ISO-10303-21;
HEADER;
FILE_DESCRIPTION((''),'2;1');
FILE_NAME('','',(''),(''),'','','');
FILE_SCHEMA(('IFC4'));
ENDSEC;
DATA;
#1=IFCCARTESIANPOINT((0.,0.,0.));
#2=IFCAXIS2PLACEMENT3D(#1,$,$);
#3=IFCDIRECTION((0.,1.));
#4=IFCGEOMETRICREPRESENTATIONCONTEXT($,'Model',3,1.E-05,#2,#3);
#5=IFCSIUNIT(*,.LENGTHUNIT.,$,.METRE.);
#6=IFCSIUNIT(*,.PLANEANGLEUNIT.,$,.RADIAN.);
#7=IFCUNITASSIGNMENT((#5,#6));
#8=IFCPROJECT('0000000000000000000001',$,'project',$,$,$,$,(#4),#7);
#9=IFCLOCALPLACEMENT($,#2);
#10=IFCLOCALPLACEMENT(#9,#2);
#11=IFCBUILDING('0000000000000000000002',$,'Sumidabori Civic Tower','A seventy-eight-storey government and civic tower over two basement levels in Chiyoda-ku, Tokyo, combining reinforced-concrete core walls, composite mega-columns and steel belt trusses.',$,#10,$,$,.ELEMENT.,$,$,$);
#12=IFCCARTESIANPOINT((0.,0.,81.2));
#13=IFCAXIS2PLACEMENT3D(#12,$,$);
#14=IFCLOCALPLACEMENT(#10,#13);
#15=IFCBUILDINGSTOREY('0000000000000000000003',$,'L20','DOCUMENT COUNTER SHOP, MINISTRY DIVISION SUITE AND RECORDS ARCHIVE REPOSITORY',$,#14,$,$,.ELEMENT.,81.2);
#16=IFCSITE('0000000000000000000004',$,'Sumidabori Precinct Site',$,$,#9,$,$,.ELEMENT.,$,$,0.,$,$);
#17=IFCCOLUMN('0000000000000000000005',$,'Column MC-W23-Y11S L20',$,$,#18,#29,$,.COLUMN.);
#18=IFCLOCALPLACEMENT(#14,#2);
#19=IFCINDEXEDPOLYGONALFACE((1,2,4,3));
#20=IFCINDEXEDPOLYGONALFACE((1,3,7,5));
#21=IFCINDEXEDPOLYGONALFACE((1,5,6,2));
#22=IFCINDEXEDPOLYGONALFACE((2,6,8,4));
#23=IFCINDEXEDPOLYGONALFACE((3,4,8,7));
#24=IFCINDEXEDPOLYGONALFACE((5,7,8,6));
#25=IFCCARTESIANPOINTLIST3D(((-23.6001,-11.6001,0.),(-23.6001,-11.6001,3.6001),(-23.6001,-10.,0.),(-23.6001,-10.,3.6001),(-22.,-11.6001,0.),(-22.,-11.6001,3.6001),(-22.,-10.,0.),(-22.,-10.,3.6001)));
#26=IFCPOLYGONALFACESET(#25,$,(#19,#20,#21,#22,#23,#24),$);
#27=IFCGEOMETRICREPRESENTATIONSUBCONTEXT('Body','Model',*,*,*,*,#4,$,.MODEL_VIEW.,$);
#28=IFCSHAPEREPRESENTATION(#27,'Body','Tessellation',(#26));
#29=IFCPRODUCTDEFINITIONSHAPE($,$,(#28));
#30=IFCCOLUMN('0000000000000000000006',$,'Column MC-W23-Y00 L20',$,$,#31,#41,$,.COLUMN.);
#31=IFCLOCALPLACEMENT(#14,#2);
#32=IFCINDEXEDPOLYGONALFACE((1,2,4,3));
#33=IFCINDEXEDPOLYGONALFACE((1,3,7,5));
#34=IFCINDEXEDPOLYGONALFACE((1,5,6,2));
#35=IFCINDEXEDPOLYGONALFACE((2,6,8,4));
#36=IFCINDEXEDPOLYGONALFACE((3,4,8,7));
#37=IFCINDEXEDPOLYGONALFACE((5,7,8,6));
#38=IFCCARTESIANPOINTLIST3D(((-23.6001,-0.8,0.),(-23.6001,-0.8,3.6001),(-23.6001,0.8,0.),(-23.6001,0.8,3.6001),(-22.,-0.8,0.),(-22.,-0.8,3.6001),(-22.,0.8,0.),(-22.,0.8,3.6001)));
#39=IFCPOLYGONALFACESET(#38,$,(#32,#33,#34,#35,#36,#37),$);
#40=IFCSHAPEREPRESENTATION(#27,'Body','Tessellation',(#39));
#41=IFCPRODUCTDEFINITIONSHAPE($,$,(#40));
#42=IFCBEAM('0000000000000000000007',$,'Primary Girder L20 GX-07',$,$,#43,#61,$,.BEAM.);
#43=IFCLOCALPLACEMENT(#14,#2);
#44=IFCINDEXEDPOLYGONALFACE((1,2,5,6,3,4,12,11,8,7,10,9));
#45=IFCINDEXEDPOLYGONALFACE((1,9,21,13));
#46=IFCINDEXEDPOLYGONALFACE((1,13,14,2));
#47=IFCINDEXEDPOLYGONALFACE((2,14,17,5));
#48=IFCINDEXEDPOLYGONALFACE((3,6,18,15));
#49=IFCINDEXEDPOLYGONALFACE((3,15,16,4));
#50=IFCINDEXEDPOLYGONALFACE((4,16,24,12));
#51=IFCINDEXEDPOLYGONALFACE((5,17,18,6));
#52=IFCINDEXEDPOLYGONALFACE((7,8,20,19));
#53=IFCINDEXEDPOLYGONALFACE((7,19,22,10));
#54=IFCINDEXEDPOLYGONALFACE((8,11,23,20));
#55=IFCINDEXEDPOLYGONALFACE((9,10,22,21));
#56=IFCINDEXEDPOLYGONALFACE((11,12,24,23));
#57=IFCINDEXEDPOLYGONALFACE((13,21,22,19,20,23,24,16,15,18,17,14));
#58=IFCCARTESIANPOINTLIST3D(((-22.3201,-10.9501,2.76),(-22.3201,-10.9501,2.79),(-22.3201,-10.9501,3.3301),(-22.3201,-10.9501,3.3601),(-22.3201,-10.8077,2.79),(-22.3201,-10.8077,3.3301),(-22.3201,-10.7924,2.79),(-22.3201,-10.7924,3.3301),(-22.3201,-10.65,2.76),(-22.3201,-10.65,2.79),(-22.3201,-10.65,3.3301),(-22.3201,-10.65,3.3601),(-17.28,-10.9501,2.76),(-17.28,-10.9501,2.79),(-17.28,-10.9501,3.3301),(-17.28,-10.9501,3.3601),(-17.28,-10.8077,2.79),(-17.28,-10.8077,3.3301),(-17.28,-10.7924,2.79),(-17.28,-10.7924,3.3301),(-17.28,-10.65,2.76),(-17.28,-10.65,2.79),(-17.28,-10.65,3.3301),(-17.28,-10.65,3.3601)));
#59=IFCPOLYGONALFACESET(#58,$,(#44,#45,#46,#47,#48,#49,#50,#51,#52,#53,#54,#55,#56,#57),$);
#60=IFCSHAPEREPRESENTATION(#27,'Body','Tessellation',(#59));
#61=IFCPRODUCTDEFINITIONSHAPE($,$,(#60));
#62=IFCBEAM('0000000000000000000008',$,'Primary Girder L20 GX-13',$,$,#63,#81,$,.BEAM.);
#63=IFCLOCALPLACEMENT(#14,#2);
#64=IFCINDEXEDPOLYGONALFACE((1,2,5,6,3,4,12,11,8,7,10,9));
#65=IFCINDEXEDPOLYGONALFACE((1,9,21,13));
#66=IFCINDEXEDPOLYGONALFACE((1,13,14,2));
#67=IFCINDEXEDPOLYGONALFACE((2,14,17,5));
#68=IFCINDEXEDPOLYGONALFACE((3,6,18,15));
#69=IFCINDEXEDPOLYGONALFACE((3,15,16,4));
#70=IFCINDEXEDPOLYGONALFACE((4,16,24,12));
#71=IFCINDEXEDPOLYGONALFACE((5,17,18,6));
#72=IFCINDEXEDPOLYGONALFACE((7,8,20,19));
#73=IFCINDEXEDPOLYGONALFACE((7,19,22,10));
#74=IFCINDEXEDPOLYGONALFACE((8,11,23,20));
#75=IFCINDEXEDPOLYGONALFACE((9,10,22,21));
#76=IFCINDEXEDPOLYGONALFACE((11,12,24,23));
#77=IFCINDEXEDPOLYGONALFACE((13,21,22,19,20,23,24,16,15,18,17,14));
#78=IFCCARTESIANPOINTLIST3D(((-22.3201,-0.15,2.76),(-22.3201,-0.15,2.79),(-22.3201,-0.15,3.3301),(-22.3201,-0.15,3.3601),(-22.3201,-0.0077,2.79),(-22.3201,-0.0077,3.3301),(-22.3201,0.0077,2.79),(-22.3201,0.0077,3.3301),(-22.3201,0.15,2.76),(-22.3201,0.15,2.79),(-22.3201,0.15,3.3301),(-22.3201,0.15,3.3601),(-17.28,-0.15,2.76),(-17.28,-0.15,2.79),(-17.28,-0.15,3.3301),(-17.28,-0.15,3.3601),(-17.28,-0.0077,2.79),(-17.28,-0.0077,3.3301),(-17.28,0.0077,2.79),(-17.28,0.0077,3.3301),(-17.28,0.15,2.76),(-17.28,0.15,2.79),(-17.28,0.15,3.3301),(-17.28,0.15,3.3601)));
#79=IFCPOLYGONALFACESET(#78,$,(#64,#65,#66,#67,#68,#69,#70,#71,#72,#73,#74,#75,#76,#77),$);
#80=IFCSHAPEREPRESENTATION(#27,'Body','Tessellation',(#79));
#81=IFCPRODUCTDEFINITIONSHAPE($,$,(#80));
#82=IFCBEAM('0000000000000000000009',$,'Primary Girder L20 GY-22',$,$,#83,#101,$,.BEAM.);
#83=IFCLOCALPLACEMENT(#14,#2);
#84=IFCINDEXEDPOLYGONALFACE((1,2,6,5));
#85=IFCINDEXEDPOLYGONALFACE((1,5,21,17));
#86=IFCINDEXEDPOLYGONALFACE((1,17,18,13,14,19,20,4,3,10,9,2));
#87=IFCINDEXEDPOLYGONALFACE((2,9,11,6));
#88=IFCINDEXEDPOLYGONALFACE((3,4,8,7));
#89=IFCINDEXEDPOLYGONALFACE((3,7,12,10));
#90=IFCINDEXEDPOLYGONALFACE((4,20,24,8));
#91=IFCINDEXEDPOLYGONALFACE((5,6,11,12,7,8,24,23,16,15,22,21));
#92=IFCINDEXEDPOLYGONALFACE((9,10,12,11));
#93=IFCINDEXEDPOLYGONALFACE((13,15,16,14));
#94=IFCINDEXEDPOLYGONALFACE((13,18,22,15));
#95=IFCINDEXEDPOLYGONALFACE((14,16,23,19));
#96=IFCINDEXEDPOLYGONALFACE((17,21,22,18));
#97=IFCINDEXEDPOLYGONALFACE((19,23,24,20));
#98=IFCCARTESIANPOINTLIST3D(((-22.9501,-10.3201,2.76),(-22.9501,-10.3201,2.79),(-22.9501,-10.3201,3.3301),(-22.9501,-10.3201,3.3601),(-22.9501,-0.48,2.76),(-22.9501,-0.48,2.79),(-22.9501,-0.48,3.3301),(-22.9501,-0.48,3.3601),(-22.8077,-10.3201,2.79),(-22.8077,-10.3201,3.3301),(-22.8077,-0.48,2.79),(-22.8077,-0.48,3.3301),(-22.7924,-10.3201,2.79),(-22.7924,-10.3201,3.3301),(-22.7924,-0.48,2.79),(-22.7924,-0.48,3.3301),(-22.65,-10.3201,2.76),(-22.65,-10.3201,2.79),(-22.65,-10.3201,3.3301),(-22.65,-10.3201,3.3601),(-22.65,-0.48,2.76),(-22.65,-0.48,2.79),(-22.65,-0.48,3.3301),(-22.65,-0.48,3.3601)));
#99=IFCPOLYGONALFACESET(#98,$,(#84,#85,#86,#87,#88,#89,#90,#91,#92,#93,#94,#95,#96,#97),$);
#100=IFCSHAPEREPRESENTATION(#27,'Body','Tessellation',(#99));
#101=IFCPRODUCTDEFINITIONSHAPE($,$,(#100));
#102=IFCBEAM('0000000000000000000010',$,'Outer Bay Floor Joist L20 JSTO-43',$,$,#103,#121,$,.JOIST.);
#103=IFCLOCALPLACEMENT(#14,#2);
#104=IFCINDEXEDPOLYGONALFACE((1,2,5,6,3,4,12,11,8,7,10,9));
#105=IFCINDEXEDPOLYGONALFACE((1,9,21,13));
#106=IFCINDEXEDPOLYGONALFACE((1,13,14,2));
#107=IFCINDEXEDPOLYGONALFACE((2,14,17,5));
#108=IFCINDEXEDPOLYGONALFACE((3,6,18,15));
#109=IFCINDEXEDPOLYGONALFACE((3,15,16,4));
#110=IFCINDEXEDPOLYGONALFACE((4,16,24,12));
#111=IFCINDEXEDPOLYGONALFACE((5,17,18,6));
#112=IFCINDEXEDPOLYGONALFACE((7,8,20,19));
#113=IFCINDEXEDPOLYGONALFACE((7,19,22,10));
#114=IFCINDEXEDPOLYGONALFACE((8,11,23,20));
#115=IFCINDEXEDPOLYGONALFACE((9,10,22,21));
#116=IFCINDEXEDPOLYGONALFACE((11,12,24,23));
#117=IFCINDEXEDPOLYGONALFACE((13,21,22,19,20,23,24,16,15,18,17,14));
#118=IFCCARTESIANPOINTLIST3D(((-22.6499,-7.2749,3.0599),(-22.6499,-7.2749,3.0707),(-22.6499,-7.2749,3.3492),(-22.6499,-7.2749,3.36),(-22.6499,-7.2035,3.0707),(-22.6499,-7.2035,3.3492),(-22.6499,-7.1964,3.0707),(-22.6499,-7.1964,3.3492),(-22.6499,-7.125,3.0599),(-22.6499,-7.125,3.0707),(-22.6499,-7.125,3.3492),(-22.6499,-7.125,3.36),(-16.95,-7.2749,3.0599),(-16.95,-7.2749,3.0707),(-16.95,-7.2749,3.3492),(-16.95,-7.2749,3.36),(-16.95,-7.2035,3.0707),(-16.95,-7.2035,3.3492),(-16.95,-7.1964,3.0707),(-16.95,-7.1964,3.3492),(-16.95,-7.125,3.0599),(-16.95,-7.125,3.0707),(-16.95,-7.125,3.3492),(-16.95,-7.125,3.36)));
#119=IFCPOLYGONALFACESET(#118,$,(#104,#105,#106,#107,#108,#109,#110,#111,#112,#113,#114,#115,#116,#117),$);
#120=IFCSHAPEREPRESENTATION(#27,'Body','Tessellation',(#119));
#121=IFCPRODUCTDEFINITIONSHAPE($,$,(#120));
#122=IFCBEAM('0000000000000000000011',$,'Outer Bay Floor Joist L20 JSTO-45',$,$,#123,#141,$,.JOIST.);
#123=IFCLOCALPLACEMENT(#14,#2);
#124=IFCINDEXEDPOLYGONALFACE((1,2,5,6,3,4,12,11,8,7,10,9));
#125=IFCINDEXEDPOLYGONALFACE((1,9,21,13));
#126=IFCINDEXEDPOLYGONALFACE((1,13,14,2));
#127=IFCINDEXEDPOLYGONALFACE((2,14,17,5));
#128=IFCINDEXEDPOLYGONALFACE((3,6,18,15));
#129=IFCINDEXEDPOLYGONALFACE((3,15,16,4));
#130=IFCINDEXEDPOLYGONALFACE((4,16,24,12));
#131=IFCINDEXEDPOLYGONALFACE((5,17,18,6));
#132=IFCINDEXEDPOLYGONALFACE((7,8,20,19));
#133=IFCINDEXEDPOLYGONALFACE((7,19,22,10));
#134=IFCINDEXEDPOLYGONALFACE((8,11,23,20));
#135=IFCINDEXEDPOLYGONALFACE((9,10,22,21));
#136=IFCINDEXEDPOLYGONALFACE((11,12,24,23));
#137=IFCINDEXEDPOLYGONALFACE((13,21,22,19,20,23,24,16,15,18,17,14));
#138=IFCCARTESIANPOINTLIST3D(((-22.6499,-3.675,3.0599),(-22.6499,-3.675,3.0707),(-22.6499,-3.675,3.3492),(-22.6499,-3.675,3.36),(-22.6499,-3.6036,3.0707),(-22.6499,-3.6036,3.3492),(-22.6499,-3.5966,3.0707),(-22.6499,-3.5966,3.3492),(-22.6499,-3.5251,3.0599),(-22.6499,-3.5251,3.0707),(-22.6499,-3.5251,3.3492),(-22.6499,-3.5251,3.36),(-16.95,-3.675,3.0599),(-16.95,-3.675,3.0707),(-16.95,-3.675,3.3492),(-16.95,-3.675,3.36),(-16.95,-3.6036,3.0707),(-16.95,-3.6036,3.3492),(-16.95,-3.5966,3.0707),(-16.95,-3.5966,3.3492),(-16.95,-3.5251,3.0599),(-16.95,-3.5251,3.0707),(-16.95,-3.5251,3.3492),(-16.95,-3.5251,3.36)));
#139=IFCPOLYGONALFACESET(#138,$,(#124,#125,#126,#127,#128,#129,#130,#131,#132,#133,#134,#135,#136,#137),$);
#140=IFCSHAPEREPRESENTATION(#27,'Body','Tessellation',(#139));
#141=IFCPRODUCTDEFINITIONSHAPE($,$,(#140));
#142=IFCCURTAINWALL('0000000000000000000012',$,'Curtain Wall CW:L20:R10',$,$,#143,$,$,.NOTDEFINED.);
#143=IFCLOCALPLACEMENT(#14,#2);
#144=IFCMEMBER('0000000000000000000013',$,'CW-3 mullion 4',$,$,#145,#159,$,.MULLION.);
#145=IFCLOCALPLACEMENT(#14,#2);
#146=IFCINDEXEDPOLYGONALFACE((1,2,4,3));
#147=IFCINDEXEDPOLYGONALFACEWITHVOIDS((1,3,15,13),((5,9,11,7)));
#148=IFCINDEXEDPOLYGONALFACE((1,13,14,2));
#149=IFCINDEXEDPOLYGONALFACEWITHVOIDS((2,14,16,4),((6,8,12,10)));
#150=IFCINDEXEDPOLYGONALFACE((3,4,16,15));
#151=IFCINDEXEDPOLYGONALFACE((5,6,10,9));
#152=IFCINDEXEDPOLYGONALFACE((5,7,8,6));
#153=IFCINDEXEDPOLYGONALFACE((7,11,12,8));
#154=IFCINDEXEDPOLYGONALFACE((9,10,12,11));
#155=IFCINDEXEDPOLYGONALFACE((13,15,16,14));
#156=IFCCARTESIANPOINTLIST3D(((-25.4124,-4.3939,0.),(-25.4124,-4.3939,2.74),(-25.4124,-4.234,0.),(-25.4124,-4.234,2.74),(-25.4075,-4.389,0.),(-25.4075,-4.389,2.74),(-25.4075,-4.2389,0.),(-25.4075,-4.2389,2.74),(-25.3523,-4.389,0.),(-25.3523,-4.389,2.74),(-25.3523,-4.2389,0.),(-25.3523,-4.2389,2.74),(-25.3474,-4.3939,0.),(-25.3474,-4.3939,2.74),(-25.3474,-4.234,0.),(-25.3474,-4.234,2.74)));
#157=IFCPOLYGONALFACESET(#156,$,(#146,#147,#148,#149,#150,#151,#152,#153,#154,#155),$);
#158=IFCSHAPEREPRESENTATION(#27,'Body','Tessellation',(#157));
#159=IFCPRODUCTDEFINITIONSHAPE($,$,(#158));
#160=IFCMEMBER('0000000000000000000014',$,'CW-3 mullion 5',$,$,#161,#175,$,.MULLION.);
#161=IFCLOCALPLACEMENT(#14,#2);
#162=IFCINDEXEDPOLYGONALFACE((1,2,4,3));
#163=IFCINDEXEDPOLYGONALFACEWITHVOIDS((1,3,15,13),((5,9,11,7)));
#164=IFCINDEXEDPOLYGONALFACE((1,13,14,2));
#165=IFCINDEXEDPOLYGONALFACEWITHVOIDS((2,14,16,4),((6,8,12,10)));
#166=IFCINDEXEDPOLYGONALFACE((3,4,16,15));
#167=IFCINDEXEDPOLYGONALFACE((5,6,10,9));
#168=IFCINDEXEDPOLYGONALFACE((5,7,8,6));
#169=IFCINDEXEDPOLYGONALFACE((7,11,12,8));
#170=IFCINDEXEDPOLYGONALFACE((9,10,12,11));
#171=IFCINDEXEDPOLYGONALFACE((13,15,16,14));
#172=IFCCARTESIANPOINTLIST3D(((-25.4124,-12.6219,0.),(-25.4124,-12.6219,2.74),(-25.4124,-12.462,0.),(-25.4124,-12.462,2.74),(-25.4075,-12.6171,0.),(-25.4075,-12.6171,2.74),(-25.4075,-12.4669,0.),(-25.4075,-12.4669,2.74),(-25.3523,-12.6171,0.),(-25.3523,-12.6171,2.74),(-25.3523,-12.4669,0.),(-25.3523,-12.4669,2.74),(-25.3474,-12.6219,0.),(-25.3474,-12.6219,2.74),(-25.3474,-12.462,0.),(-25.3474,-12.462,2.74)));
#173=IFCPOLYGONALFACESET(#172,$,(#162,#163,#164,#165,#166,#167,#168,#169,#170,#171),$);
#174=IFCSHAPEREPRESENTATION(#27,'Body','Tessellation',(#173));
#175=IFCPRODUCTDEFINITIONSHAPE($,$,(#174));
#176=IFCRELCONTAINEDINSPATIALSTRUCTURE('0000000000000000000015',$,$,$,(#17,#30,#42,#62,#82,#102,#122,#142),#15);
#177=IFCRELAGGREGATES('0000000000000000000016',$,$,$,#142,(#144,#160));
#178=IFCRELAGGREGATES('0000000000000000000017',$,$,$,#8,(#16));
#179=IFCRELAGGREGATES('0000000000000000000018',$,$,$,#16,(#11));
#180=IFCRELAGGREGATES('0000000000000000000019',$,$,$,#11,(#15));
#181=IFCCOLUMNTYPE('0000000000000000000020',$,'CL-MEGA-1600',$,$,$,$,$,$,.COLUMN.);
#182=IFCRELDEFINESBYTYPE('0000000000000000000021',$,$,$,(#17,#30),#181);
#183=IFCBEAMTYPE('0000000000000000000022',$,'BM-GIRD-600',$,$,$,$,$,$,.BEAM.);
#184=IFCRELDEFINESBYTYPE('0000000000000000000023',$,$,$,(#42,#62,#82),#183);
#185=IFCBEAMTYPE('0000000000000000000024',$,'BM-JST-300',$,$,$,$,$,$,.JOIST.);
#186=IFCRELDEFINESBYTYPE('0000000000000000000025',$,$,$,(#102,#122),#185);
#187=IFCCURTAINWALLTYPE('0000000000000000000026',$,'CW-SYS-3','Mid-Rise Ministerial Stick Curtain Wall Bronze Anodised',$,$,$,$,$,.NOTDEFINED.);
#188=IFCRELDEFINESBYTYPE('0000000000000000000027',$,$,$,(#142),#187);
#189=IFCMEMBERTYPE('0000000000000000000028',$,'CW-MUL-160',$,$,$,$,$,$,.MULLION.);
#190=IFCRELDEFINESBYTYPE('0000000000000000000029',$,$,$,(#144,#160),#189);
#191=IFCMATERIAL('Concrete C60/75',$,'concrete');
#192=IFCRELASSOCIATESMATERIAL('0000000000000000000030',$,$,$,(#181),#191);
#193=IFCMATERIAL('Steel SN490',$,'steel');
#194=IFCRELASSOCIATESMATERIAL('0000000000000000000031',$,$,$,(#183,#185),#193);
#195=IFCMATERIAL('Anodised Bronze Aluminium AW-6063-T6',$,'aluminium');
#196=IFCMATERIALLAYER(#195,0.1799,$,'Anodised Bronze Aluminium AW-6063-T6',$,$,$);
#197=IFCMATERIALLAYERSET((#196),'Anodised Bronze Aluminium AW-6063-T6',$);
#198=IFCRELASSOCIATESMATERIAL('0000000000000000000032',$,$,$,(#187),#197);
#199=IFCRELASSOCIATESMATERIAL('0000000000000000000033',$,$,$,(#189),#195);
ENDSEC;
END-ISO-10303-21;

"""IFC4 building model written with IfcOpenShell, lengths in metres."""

from ifc_helpers import new_model, si_unit, direction, frame, origin, origin_2d, place, context, subcontext, project, spatial, rectangle, hollow_rectangle, i_section, extrude, source, transform, mapped, material, layer, layer_set, material_profile, profile_set, type_object, element, aggregate, save


model = new_model("IFC4")

# Units and contexts
model_context = context("Model", 3, precision=1e-05, world=origin(), true_north=direction((0.0, 1.0)))
body_context = subcontext(model_context, "Body", "Model", "MODEL_VIEW")
ifc_project = project(units=[si_unit("LENGTHUNIT", "METRE"), si_unit("PLANEANGLEUNIT", "RADIAN")], contexts=[model_context])

# Site, building, storey
site_placement = place(None, origin())
site = spatial("IfcSite", under=ifc_project, at=site_placement, Name="Sumidabori Precinct Site", CompositionType="ELEMENT", RefElevation=0.0)
building_placement = place(site_placement, origin())
building = spatial("IfcBuilding", under=site, at=building_placement, Name="Sumidabori Civic Tower", Description="A seventy-eight-storey government and civic tower over two basement levels in Chiyoda-ku, Tokyo, combining reinforced-concrete core walls, composite mega-columns and steel belt trusses.", CompositionType="ELEMENT")
storey_placement = place(building_placement, frame((0.0, 0.0, 81.2)))
storey = spatial("IfcBuildingStorey", under=building, at=storey_placement, Name="L20", Description="DOCUMENT COUNTER SHOP, MINISTRY DIVISION SUITE AND RECORDS ARCHIVE REPOSITORY", CompositionType="ELEMENT", Elevation=81.2)

# Columns
ifc_material_1 = material(Name="Concrete C60/75", Category="concrete")
ifc_material_profile_1 = material_profile(ifc_material_1, rectangle(XDim=1.6001, YDim=1.6001, at=origin_2d()), Name="RC 1600x1600")
ifc_profile_set_1 = profile_set([ifc_material_profile_1], Name="Concrete C60/75")
column_type = type_object("IfcColumnType", Name="CL-MEGA-1600", PredefinedType="COLUMN", material=ifc_profile_set_1)
shared_shape_1 = source(origin(), body_context, "Body", "SweptSolid", [
    extrude(rectangle(XDim=1.6001, YDim=1.6001, at=origin_2d()), origin(), (0.0, 0.0, 1.0), 3.6001),
])
for number, where, z_axis, x_axis, name in (
    (1, (-22.8, -10.8, 0.0), (0.0, 0.0, 1.0), (1.0, 0.0, 0.0), "Column MC-W23-Y11S L20"),
    (2, (-22.8, 0.0, 0.0), (0.0, 0.0, 1.0), (1.0, 0.0, 0.0), "Column MC-W23-Y00 L20"),
):
    element("IfcColumn", number, at=place(storey_placement, frame(where, z_axis=z_axis, x_axis=x_axis)), inside=storey, type_object=column_type, Name=name, PredefinedType="COLUMN", context=body_context, shape_type="MappedRepresentation", body=[
        mapped(shared_shape_1, transform((0.0, 0.0, 0.0), x_axis=(1.0, 0.0, 0.0), y_axis=(0.0, 1.0, 0.0), z_axis=(0.0, 0.0, 1.0), scale=1.0)),
    ])

# Beams
ifc_material_2 = material(Name="Steel SN490", Category="steel")
ifc_material_profile_2 = material_profile(ifc_material_2, i_section(OverallWidth=0.3, OverallDepth=0.6001, WebThickness=0.0154, FlangeThickness=0.03, at=origin_2d()), Name="HE 600 B")
ifc_profile_set_2 = profile_set([ifc_material_profile_2], Name="Steel SN490")
beam_type_1 = type_object("IfcBeamType", Name="BM-GIRD-600", PredefinedType="BEAM", material=ifc_profile_set_2)
shared_shape_2 = source(origin(), body_context, "Body", "SweptSolid", [
    extrude(i_section(OverallWidth=0.3, OverallDepth=0.6001, WebThickness=0.0154, FlangeThickness=0.03, at=origin_2d()), origin(), (0.0, 0.0, 1.0), 5.04),
])
for number, where, z_axis, x_axis, name in (
    (3, (-22.3201, -10.8, 3.0601), (1.0, 0.0, 0.0), (0.0, 1.0, 0.0), "Primary Girder L20 GX-07"),
    (4, (-22.3201, 0.0, 3.0601), (1.0, 0.0, 0.0), (0.0, 1.0, 0.0), "Primary Girder L20 GX-13"),
):
    element("IfcBeam", number, at=place(storey_placement, frame(where, z_axis=z_axis, x_axis=x_axis)), inside=storey, type_object=beam_type_1, Name=name, PredefinedType="BEAM", context=body_context, shape_type="MappedRepresentation", body=[
        mapped(shared_shape_2, transform((0.0, 0.0, 0.0), x_axis=(1.0, 0.0, 0.0), y_axis=(0.0, 1.0, 0.0), z_axis=(0.0, 0.0, 1.0), scale=1.0)),
    ])
shared_shape_3 = source(origin(), body_context, "Body", "SweptSolid", [
    extrude(i_section(OverallWidth=0.3, OverallDepth=0.6001, WebThickness=0.0154, FlangeThickness=0.03, at=origin_2d()), origin(), (0.0, 0.0, 1.0), 9.8401),
])
beam_placement = place(storey_placement, frame((-22.8, -10.3201, 3.0601), z_axis=(0.0, 1.0, 0.0), x_axis=(-1.0, 0.0, 0.0)))
element("IfcBeam", 5, at=beam_placement, inside=storey, type_object=beam_type_1, Name="Primary Girder L20 GY-22", PredefinedType="BEAM", context=body_context, shape_type="MappedRepresentation", body=[
    mapped(shared_shape_3, transform((0.0, 0.0, 0.0), x_axis=(1.0, 0.0, 0.0), y_axis=(0.0, 1.0, 0.0), z_axis=(0.0, 0.0, 1.0), scale=1.0)),
])
ifc_material_profile_3 = material_profile(ifc_material_2, i_section(OverallWidth=0.1499, OverallDepth=0.3, WebThickness=0.0071, FlangeThickness=0.0107, at=origin_2d()), Name="IPE 300")
ifc_profile_set_3 = profile_set([ifc_material_profile_3], Name="Steel SN490")
beam_type_2 = type_object("IfcBeamType", Name="BM-JST-300", PredefinedType="JOIST", material=ifc_profile_set_3)
shared_shape_4 = source(origin(), body_context, "Body", "SweptSolid", [
    extrude(i_section(OverallWidth=0.1499, OverallDepth=0.3, WebThickness=0.0071, FlangeThickness=0.0107, at=origin_2d()), origin(), (0.0, 0.0, 1.0), 5.7),
])
for number, where, z_axis, x_axis, name in (
    (6, (-22.6499, -7.2, 3.21), (1.0, 0.0, 0.0), (0.0, 1.0, 0.0), "Outer Bay Floor Joist L20 JSTO-43"),
    (7, (-22.6499, -3.6001, 3.21), (1.0, 0.0, 0.0), (0.0, 1.0, 0.0), "Outer Bay Floor Joist L20 JSTO-45"),
):
    element("IfcBeam", number, at=place(storey_placement, frame(where, z_axis=z_axis, x_axis=x_axis)), inside=storey, type_object=beam_type_2, Name=name, PredefinedType="JOIST", context=body_context, shape_type="MappedRepresentation", body=[
        mapped(shared_shape_4, transform((0.0, 0.0, 0.0), x_axis=(1.0, 0.0, 0.0), y_axis=(0.0, 1.0, 0.0), z_axis=(0.0, 0.0, 1.0), scale=1.0)),
    ])

# Curtain wall, members
ifc_material_3 = material(Name="Anodised Bronze Aluminium AW-6063-T6", Category="aluminium")
ifc_layer_1 = layer(ifc_material_3, 0.1799, Name="Anodised Bronze Aluminium AW-6063-T6")
ifc_layer_set_1 = layer_set([ifc_layer_1], Name="Anodised Bronze Aluminium AW-6063-T6")
curtain_wall_type = type_object("IfcCurtainWallType", Name="CW-SYS-3", Description="Mid-Rise Ministerial Stick Curtain Wall Bronze Anodised", PredefinedType="NOTDEFINED", material=ifc_layer_set_1)
curtain_wall_placement = place(storey_placement, origin())
curtain_wall = element("IfcCurtainWall", 8, at=curtain_wall_placement, inside=storey, type_object=curtain_wall_type, Name="Curtain Wall CW:L20:R10", PredefinedType="NOTDEFINED")
ifc_material_profile_4 = material_profile(ifc_material_3, hollow_rectangle(XDim=0.0649, YDim=0.1599, WallThickness=0.0049, at=origin_2d()), Name="ALU MULLION 160x65")
ifc_profile_set_4 = profile_set([ifc_material_profile_4], Name="Anodised Bronze Aluminium AW-6063-T6")
member_type_1 = type_object("IfcMemberType", Name="CW-MUL-160", PredefinedType="MULLION", material=ifc_profile_set_4)
shared_shape_5 = source(origin(), body_context, "Body", "SweptSolid", [
    extrude(hollow_rectangle(XDim=0.0649, YDim=0.1599, WallThickness=0.0049, at=origin_2d()), origin(), (0.0, 0.0, 1.0), 2.74),
])
member_1_placement = place(storey_placement, frame((-25.3799, -4.314, 0.0), z_axis=(0.0, 0.0, 1.0), x_axis=(1.0, 0.0, 0.0)))
member_1 = element("IfcMember", 9, at=member_1_placement, type_object=member_type_1, Name="CW-3 mullion 4", PredefinedType="MULLION", context=body_context, shape_type="MappedRepresentation", body=[
    mapped(shared_shape_5, transform((0.0, 0.0, 0.0), x_axis=(1.0, 0.0, 0.0), y_axis=(0.0, 1.0, 0.0), z_axis=(0.0, 0.0, 1.0), scale=1.0)),
])
member_2_placement = place(storey_placement, frame((-25.3799, -12.542, 0.0), z_axis=(0.0, 0.0, 1.0), x_axis=(1.0, 0.0, 0.0)))
member_2 = element("IfcMember", 10, at=member_2_placement, type_object=member_type_1, Name="CW-3 mullion 5", PredefinedType="MULLION", context=body_context, shape_type="MappedRepresentation", body=[
    mapped(shared_shape_5, transform((0.0, 0.0, 0.0), x_axis=(1.0, 0.0, 0.0), y_axis=(0.0, 1.0, 0.0), z_axis=(0.0, 0.0, 1.0), scale=1.0)),
])
aggregate(curtain_wall, [member_1, member_2])

save(model, "model.ifc")
